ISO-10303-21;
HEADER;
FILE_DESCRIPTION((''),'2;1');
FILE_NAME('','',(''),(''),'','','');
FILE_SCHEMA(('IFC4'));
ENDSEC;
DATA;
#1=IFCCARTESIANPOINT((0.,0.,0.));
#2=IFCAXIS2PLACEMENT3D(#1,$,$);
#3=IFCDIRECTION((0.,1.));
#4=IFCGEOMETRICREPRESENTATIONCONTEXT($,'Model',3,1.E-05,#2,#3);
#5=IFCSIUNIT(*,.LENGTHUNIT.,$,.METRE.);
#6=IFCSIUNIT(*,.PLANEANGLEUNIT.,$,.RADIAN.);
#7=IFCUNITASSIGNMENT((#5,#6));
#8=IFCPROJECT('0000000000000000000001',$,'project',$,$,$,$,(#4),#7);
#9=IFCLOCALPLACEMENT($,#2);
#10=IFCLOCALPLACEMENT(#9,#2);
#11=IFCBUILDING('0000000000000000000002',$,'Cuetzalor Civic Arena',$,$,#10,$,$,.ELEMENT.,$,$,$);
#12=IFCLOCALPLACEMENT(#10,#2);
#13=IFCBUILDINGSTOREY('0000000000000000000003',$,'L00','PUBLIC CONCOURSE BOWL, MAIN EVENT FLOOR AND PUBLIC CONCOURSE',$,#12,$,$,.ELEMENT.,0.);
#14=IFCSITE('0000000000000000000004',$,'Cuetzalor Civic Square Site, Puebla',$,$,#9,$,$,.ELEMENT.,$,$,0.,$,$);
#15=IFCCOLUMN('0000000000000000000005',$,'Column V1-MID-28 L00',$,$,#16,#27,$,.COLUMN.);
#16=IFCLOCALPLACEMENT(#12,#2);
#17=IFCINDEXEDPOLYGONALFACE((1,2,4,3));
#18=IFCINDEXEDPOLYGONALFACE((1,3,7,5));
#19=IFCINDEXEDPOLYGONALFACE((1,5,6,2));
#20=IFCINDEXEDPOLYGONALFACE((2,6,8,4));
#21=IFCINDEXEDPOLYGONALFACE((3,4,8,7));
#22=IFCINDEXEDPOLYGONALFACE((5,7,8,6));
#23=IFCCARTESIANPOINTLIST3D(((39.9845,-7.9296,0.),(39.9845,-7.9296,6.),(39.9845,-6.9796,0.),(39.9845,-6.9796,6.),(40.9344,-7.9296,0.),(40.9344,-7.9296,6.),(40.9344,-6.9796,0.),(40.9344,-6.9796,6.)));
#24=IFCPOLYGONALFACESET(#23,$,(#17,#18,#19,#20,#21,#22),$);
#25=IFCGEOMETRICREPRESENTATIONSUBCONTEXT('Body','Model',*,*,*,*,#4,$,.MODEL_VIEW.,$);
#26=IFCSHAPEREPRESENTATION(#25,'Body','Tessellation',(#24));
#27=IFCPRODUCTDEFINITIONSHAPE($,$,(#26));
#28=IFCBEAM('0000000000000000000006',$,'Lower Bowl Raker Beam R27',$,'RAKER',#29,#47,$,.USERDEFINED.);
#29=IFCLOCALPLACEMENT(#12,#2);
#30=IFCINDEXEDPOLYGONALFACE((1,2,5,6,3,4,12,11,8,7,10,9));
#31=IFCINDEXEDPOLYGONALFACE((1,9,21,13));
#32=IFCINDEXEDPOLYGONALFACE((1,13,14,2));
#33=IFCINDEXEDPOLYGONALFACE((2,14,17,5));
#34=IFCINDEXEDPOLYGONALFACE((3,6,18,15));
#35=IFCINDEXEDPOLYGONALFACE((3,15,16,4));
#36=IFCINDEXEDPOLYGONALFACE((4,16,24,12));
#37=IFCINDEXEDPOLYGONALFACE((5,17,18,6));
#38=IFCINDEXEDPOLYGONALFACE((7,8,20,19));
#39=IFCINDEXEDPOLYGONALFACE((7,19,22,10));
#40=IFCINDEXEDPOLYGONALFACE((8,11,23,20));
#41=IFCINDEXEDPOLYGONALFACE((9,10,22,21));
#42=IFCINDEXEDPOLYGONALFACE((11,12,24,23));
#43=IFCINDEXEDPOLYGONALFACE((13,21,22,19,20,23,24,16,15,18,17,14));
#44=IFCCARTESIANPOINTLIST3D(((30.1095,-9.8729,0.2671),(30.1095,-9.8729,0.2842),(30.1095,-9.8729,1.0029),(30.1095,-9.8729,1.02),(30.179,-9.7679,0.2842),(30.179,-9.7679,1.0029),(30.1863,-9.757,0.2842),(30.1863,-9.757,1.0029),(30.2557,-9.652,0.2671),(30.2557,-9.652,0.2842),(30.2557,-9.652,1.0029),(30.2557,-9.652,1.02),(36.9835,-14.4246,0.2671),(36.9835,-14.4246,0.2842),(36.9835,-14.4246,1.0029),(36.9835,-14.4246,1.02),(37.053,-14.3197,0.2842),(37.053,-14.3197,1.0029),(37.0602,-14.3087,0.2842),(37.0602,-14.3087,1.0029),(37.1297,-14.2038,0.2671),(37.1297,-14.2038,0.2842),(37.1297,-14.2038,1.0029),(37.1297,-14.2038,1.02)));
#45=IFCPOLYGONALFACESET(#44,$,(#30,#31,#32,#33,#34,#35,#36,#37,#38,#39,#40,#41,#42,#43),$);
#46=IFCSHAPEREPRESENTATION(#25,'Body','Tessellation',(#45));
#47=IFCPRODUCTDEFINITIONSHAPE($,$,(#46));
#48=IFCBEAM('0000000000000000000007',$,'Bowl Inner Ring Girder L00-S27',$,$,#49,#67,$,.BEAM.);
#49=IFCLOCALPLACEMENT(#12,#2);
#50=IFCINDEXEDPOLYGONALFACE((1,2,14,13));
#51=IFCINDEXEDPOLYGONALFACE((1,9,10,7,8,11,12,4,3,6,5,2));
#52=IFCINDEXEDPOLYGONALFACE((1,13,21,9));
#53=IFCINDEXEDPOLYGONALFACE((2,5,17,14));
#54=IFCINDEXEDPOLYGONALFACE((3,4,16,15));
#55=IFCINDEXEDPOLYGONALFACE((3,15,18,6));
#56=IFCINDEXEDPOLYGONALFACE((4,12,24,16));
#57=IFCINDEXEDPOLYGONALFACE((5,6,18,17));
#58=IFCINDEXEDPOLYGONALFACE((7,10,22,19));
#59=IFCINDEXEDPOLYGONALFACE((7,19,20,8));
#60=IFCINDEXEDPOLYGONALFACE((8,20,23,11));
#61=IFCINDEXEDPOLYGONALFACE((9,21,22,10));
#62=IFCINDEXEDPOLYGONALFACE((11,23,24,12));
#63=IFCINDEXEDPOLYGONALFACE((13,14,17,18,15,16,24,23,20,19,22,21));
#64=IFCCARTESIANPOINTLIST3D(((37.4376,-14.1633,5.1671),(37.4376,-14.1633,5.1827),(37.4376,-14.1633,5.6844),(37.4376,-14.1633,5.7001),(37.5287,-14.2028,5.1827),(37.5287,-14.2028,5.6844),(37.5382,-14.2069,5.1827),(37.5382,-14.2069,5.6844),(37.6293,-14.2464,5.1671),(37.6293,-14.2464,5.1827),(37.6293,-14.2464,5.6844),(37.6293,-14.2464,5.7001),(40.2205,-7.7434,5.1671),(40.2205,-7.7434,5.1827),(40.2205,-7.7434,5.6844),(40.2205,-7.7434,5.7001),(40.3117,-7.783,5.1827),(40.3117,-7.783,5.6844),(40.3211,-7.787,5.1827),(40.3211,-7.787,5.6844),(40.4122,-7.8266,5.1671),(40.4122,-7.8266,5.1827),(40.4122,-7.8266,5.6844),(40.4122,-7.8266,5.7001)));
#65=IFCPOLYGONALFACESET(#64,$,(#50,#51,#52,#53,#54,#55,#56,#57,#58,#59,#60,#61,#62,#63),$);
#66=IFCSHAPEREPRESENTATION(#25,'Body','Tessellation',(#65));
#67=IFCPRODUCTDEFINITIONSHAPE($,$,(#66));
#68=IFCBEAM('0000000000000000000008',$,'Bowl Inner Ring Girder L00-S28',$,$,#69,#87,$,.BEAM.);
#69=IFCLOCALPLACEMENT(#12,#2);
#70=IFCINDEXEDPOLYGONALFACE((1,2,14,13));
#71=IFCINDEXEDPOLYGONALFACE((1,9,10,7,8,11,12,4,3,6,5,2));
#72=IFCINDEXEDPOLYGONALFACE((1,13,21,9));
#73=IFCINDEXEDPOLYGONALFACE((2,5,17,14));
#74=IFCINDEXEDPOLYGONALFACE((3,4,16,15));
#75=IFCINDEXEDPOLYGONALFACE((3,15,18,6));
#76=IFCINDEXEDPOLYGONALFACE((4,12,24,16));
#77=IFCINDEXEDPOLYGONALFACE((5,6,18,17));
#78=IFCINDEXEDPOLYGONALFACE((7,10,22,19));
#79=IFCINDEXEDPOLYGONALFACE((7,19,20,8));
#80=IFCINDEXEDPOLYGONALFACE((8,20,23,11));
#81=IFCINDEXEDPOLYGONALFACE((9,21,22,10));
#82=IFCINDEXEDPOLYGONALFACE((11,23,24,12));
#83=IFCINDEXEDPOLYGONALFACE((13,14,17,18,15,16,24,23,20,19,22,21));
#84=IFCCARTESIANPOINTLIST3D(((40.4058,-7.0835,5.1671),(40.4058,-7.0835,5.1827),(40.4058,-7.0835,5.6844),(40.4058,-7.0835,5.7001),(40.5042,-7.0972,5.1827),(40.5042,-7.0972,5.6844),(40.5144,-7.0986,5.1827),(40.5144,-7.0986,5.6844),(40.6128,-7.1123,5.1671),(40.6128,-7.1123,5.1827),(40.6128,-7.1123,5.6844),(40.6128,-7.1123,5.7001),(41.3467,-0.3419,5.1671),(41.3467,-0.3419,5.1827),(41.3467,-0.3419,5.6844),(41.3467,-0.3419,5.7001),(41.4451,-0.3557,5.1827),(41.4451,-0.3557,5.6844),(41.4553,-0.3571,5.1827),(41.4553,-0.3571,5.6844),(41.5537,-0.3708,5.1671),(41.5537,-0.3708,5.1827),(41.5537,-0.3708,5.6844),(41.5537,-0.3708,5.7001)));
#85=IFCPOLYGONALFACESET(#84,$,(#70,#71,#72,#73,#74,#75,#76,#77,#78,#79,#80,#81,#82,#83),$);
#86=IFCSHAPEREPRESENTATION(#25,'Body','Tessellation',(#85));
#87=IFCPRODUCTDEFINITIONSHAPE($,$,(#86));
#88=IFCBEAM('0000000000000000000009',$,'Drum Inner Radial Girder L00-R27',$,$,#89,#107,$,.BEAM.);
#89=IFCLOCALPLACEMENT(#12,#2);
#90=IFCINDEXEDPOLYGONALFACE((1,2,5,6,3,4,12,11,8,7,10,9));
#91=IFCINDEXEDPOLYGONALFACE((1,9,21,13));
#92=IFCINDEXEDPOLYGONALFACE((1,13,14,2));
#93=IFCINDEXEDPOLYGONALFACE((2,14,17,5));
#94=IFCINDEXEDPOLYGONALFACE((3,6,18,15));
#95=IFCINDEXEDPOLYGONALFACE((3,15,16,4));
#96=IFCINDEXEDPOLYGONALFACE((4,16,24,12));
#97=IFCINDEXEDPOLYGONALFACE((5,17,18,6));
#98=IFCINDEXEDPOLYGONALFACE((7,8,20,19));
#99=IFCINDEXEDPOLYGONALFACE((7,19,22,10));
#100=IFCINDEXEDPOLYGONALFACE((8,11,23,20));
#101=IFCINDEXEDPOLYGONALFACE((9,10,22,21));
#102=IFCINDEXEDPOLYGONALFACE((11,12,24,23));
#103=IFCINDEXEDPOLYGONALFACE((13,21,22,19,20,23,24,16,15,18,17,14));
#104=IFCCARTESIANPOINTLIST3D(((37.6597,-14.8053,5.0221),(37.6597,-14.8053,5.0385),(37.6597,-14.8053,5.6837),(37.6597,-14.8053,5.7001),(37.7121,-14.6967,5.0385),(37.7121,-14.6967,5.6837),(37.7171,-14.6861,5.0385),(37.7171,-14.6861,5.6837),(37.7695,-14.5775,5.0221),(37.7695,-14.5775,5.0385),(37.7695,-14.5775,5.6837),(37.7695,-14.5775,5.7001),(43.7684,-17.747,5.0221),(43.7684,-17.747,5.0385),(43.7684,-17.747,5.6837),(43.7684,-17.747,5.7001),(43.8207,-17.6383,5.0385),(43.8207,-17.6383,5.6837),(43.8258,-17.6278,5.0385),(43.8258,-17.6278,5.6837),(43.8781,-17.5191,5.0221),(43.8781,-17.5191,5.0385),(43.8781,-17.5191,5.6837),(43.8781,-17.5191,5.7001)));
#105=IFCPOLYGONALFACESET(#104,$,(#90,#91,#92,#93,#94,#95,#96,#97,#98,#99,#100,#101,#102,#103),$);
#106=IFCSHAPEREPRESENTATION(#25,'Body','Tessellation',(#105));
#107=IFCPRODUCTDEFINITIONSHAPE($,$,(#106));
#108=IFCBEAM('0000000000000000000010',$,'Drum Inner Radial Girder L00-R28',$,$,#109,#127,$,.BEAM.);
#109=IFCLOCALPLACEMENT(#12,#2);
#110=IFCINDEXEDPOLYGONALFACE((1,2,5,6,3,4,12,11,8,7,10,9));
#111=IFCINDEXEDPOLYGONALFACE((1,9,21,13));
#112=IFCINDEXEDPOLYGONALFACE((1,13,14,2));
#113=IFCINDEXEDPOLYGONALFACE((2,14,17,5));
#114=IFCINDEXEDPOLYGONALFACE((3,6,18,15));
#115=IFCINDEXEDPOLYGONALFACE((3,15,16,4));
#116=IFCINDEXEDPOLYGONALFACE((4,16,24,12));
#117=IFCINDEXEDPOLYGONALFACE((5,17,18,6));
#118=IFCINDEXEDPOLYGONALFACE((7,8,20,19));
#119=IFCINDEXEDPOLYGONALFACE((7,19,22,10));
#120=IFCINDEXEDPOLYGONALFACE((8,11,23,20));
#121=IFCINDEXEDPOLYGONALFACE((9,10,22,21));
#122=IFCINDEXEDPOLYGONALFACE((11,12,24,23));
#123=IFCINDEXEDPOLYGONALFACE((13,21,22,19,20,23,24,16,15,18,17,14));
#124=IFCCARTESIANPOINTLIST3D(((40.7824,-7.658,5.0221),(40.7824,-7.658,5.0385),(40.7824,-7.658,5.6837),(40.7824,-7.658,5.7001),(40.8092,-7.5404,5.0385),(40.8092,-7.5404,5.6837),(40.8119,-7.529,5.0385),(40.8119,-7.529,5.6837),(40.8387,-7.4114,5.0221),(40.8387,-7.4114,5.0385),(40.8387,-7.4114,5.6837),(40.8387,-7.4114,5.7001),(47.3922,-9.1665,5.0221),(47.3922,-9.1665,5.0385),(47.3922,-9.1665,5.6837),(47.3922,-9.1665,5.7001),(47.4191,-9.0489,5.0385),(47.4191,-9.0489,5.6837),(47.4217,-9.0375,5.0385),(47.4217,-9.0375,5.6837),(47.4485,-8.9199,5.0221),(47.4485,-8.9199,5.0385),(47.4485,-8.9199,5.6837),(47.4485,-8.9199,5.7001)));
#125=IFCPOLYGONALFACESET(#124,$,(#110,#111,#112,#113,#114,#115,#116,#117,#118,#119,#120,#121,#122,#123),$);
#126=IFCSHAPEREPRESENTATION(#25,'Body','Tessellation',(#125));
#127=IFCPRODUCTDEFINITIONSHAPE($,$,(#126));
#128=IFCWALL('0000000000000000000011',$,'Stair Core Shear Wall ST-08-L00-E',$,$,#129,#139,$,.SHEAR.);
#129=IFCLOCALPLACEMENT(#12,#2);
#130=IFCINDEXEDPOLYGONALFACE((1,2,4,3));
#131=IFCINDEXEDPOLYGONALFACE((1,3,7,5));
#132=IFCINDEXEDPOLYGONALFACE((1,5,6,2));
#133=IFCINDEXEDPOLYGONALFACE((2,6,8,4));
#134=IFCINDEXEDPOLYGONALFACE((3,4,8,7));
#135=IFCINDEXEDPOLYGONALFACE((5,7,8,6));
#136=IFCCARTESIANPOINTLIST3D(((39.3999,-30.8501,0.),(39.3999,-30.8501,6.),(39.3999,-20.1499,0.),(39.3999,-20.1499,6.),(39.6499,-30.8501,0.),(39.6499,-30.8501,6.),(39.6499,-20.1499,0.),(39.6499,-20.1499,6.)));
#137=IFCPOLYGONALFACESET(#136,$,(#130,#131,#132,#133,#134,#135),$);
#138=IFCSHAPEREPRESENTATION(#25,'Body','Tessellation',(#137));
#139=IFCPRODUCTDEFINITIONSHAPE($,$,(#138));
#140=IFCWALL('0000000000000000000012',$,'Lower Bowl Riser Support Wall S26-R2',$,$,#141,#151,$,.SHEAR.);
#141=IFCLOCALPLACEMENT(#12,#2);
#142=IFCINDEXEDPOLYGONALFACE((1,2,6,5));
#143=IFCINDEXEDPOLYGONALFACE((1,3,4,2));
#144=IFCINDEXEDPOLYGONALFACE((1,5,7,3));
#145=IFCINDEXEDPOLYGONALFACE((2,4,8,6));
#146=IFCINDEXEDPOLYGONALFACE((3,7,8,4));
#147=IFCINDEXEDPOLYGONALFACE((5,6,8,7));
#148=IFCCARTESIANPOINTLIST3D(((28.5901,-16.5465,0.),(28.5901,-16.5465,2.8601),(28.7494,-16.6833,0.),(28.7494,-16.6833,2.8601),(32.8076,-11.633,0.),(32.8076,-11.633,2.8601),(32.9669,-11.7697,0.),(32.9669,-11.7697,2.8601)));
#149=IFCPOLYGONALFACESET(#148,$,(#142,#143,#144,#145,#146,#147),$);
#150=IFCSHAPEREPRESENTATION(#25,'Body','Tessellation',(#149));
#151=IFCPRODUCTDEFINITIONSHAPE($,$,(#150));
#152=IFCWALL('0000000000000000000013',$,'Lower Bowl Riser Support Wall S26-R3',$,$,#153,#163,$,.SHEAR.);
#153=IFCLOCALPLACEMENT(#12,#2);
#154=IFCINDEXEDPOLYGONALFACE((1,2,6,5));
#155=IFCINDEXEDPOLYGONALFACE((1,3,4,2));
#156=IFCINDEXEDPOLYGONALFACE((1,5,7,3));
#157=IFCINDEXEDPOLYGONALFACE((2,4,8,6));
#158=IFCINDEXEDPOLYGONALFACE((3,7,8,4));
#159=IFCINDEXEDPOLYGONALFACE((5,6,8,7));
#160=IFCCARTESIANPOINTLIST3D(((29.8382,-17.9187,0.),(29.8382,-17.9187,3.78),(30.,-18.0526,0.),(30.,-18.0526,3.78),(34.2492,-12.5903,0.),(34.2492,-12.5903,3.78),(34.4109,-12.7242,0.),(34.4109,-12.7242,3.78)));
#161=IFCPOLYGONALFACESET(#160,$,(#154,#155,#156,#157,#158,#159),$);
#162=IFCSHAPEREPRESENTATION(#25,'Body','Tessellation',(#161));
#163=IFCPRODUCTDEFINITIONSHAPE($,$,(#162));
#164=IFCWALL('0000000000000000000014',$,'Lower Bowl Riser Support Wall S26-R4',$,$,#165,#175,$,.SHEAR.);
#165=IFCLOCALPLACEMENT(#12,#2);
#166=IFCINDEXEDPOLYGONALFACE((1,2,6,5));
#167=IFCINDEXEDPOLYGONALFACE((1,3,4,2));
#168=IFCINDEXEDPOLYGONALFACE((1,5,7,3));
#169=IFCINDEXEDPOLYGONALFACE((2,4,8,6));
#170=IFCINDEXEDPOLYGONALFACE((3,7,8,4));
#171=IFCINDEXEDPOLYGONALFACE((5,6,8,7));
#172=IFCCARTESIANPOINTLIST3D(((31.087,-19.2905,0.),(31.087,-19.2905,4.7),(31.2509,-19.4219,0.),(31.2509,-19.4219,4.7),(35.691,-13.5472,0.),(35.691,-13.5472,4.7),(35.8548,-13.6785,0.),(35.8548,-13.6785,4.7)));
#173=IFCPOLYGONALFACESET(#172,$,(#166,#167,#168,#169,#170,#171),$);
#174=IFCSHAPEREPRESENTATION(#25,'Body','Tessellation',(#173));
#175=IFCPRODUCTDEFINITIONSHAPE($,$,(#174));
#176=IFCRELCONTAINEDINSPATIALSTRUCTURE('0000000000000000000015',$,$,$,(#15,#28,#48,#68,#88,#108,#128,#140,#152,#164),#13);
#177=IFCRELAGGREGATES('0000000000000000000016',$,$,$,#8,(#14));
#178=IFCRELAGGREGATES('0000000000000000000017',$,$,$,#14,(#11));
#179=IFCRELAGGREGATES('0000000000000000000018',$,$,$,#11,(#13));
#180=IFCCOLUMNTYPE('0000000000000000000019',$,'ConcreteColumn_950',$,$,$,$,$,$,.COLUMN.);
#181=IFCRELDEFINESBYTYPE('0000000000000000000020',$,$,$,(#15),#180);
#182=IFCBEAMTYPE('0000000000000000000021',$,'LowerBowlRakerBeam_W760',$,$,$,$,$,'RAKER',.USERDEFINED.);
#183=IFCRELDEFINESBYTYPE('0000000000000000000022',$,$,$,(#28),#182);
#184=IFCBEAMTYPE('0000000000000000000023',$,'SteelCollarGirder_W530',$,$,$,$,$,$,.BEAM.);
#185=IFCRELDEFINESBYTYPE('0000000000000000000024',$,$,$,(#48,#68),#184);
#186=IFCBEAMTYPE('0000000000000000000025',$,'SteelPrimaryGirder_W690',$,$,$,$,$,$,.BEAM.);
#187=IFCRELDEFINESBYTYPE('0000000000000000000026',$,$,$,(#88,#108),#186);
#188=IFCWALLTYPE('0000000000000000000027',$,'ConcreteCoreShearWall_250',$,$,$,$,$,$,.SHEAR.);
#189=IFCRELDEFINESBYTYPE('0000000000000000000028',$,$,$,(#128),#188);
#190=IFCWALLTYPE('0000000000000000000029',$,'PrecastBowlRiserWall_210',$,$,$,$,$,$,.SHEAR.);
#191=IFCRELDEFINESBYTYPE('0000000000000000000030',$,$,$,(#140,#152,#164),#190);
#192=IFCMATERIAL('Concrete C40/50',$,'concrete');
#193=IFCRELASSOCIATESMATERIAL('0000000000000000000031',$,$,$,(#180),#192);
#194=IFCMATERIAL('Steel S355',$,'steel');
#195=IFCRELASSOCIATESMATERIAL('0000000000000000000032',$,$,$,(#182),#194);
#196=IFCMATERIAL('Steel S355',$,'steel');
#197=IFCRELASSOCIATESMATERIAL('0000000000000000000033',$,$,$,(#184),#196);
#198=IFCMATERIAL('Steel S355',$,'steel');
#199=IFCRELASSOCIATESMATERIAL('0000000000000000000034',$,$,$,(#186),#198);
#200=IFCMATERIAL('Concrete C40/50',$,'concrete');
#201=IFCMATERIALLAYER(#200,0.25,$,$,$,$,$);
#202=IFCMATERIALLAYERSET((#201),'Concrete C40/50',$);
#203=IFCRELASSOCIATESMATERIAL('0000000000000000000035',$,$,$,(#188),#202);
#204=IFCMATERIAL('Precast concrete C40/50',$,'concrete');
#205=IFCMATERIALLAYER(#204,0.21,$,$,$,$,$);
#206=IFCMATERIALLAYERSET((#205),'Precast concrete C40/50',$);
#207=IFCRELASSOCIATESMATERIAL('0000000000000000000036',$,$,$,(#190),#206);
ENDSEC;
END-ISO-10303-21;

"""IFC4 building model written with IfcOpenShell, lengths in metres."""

from ifc_helpers import new_model, si_unit, direction, frame, frame_2d, origin, origin_2d, place, context, subcontext, project, spatial, rectangle, i_section, extrude, material, layer, layer_set, material_profile, profile_set, type_object, element, save


model = new_model("IFC4")

# Units and contexts
model_context = context("Model", 3, precision=1e-05, world=origin(), true_north=direction((0.0, 1.0)))
body_context = subcontext(model_context, "Body", "Model", "MODEL_VIEW")
ifc_project = project(units=[si_unit("LENGTHUNIT", "METRE"), si_unit("PLANEANGLEUNIT", "RADIAN")], contexts=[model_context])

# Site, building, storey
site_placement = place(None, origin())
site = spatial("IfcSite", under=ifc_project, at=site_placement, Name="Cuetzalor Civic Square Site, Puebla", CompositionType="ELEMENT", RefElevation=0.0)
building_placement = place(site_placement, origin())
building = spatial("IfcBuilding", under=site, at=building_placement, Name="Cuetzalor Civic Arena", CompositionType="ELEMENT")
storey_placement = place(building_placement, origin())
storey = spatial("IfcBuildingStorey", under=building, at=storey_placement, Name="L00", Description="PUBLIC CONCOURSE BOWL, MAIN EVENT FLOOR AND PUBLIC CONCOURSE", CompositionType="ELEMENT", Elevation=0.0)

# Column
ifc_material_1 = material(Name="Concrete C40/50", Category="concrete")
ifc_material_profile_1 = material_profile(ifc_material_1, rectangle(XDim=0.95, YDim=0.95, at=origin_2d()), Name="RC 950x950")
ifc_profile_set_1 = profile_set([ifc_material_profile_1], Name="Concrete C40/50")
column_type_1 = type_object("IfcColumnType", Name="ConcreteColumn_950", PredefinedType="COLUMN", material=ifc_profile_set_1)
for number, where, z_axis, x_axis, name in (
    (1, (40.4595, -7.4546, 0.0), (0.0, 0.0, 1.0), (1.0, 0.0, 0.0), "Column V1-MID-28 L00"),
):
    element("IfcColumn", number, at=place(storey_placement, frame(where, z_axis=z_axis, x_axis=x_axis)), inside=storey, type_object=column_type_1, Name=name, PredefinedType="COLUMN", context=body_context, shape_type="SweptSolid", body=[
        extrude(rectangle(XDim=0.95, YDim=0.95, at=origin_2d()), origin(), (0.0, 0.0, 1.0), 6.0),
    ])

# Beams
ifc_material_2 = material(Name="Steel S355", Category="steel")
ifc_material_profile_2 = material_profile(ifc_material_2, i_section(OverallWidth=0.2649, OverallDepth=0.7529, WebThickness=0.0132, FlangeThickness=0.0171, at=origin_2d()), Name="W760x147")
ifc_profile_set_2 = profile_set([ifc_material_profile_2], Name="Steel S355")
beam_type_1 = type_object("IfcBeamType", Name="LowerBowlRakerBeam_W760", ElementType="RAKER", PredefinedType="USERDEFINED", material=ifc_profile_set_2)
beam_1_placement = place(storey_placement, frame((30.1826, -9.7625, 0.6436), z_axis=(0.833777, -0.552101, 0.0), x_axis=(0.552101, 0.833777, 0.0)))
element("IfcBeam", 2, at=beam_1_placement, inside=storey, type_object=beam_type_1, Name="Lower Bowl Raker Beam R27", ObjectType="RAKER", PredefinedType="USERDEFINED", context=body_context, shape_type="SweptSolid", body=[
    extrude(i_section(OverallWidth=0.2649, OverallDepth=0.7529, WebThickness=0.0132, FlangeThickness=0.0171, at=origin_2d()), origin(), (0.0, 0.0, 1.0), 8.2444),
])
ifc_material_3 = material(Name="Steel S355", Category="steel")
ifc_material_profile_3 = material_profile(ifc_material_3, i_section(OverallWidth=0.209, OverallDepth=0.533, WebThickness=0.0103, FlangeThickness=0.0156, at=origin_2d()), Name="W530x92")
ifc_profile_set_3 = profile_set([ifc_material_profile_3], Name="Steel S355")
beam_type_2 = type_object("IfcBeamType", Name="SteelCollarGirder_W530", PredefinedType="BEAM", material=ifc_profile_set_3)
beam_2_placement = place(storey_placement, frame((37.5334, -14.2048, 5.4336), z_axis=(0.397727, 0.917504, 0.0), x_axis=(-0.917504, 0.397727, 0.0)))
element("IfcBeam", 3, at=beam_2_placement, inside=storey, type_object=beam_type_2, Name="Bowl Inner Ring Girder L00-S27", PredefinedType="BEAM", context=body_context, shape_type="SweptSolid", body=[
    extrude(i_section(OverallWidth=0.209, OverallDepth=0.533, WebThickness=0.0103, FlangeThickness=0.0156, at=origin_2d()), origin(), (0.0, 0.0, 1.0), 6.9971),
])
beam_3_placement = place(storey_placement, frame((40.5093, -7.0979, 5.4336), z_axis=(0.138232, 0.9904, 0.0), x_axis=(-0.9904, 0.138232, 0.0)))
element("IfcBeam", 4, at=beam_3_placement, inside=storey, type_object=beam_type_2, Name="Bowl Inner Ring Girder L00-S28", PredefinedType="BEAM", context=body_context, shape_type="SweptSolid", body=[
    extrude(i_section(OverallWidth=0.209, OverallDepth=0.533, WebThickness=0.0103, FlangeThickness=0.0156, at=origin_2d()), origin(), (0.0, 0.0, 1.0), 6.8069),
])
ifc_material_4 = material(Name="Steel S355", Category="steel")
ifc_material_profile_4 = material_profile(ifc_material_4, i_section(OverallWidth=0.2529, OverallDepth=0.678, WebThickness=0.0117, FlangeThickness=0.0164, at=origin_2d()), Name="W690x125")
ifc_profile_set_4 = profile_set([ifc_material_profile_4], Name="Steel S355")
beam_type_3 = type_object("IfcBeamType", Name="SteelPrimaryGirder_W690", PredefinedType="BEAM", material=ifc_profile_set_4)
beam_4_placement = place(storey_placement, frame((37.7146, -14.6914, 5.3611), z_axis=(0.900976, -0.43387, 0.0), x_axis=(0.43387, 0.900976, 0.0)))
element("IfcBeam", 5, at=beam_4_placement, inside=storey, type_object=beam_type_3, Name="Drum Inner Radial Girder L00-R27", PredefinedType="BEAM", context=body_context, shape_type="SweptSolid", body=[
    extrude(i_section(OverallWidth=0.2529, OverallDepth=0.678, WebThickness=0.0117, FlangeThickness=0.0164, at=origin_2d()), origin(), (0.0, 0.0, 1.0), 6.78),
])
beam_5_placement = place(storey_placement, frame((40.8105, -7.5347, 5.3611), z_axis=(0.974932, -0.222505, 0.0), x_axis=(0.222505, 0.974932, 0.0)))
element("IfcBeam", 6, at=beam_5_placement, inside=storey, type_object=beam_type_3, Name="Drum Inner Radial Girder L00-R28", PredefinedType="BEAM", context=body_context, shape_type="SweptSolid", body=[
    extrude(i_section(OverallWidth=0.2529, OverallDepth=0.678, WebThickness=0.0117, FlangeThickness=0.0164, at=origin_2d()), origin(), (0.0, 0.0, 1.0), 6.7798),
])

# Walls
ifc_material_5 = material(Name="Concrete C40/50", Category="concrete")
ifc_layer_1 = layer(ifc_material_5, 0.25)
ifc_layer_set_1 = layer_set([ifc_layer_1], Name="Concrete C40/50")
wall_type_1 = type_object("IfcWallType", Name="ConcreteCoreShearWall_250", PredefinedType="SHEAR", material=ifc_layer_set_1)
wall_1_placement = place(storey_placement, frame((39.5249, -20.1499, 0.0), z_axis=(0.0, 0.0, 1.0), x_axis=(0.0, -1.0, 0.0)))
element("IfcWall", 7, at=wall_1_placement, inside=storey, type_object=wall_type_1, Name="Stair Core Shear Wall ST-08-L00-E", PredefinedType="SHEAR", context=body_context, shape_type="SweptSolid", body=[
    extrude(rectangle(XDim=10.7002, YDim=0.25, at=frame_2d((5.3501, 0.0))), origin(), (0.0, 0.0, 1.0), 6.0),
])
ifc_material_6 = material(Name="Precast concrete C40/50", Category="concrete")
ifc_layer_2 = layer(ifc_material_6, 0.21)
ifc_layer_set_2 = layer_set([ifc_layer_2], Name="Precast concrete C40/50")
wall_type_2 = type_object("IfcWallType", Name="PrecastBowlRiserWall_210", PredefinedType="SHEAR", material=ifc_layer_set_2)
wall_2_placement = place(storey_placement, frame((28.6697, -16.615, 0.0), z_axis=(0.0, 0.0, 1.0), x_axis=(0.651316, 0.758807, 0.0)))
element("IfcWall", 8, at=wall_2_placement, inside=storey, type_object=wall_type_2, Name="Lower Bowl Riser Support Wall S26-R2", PredefinedType="SHEAR", context=body_context, shape_type="SweptSolid", body=[
    extrude(rectangle(XDim=6.4753, YDim=0.21, at=frame_2d((3.2378, 0.0))), origin(), (0.0, 0.0, 1.0), 2.8601),
])
wall_3_placement = place(storey_placement, frame((29.9192, -17.9856, 0.0), z_axis=(0.0, 0.0, 1.0), x_axis=(0.637671, 0.770309, 0.0)))
element("IfcWall", 9, at=wall_3_placement, inside=storey, type_object=wall_type_2, Name="Lower Bowl Riser Support Wall S26-R3", PredefinedType="SHEAR", context=body_context, shape_type="SweptSolid", body=[
    extrude(rectangle(XDim=6.9172, YDim=0.21, at=frame_2d((3.4585, 0.0))), origin(), (0.0, 0.0, 1.0), 3.78),
])
wall_4_placement = place(storey_placement, frame((31.1689, -19.3562, 0.0), z_axis=(0.0, 0.0, 1.0), x_axis=(0.625463, 0.780254, 0.0)))
element("IfcWall", 10, at=wall_4_placement, inside=storey, type_object=wall_type_2, Name="Lower Bowl Riser Support Wall S26-R4", PredefinedType="SHEAR", context=body_context, shape_type="SweptSolid", body=[
    extrude(rectangle(XDim=7.3608, YDim=0.21, at=frame_2d((3.6804, 0.0))), origin(), (0.0, 0.0, 1.0), 4.7),
])

save(model, "model.ifc")
